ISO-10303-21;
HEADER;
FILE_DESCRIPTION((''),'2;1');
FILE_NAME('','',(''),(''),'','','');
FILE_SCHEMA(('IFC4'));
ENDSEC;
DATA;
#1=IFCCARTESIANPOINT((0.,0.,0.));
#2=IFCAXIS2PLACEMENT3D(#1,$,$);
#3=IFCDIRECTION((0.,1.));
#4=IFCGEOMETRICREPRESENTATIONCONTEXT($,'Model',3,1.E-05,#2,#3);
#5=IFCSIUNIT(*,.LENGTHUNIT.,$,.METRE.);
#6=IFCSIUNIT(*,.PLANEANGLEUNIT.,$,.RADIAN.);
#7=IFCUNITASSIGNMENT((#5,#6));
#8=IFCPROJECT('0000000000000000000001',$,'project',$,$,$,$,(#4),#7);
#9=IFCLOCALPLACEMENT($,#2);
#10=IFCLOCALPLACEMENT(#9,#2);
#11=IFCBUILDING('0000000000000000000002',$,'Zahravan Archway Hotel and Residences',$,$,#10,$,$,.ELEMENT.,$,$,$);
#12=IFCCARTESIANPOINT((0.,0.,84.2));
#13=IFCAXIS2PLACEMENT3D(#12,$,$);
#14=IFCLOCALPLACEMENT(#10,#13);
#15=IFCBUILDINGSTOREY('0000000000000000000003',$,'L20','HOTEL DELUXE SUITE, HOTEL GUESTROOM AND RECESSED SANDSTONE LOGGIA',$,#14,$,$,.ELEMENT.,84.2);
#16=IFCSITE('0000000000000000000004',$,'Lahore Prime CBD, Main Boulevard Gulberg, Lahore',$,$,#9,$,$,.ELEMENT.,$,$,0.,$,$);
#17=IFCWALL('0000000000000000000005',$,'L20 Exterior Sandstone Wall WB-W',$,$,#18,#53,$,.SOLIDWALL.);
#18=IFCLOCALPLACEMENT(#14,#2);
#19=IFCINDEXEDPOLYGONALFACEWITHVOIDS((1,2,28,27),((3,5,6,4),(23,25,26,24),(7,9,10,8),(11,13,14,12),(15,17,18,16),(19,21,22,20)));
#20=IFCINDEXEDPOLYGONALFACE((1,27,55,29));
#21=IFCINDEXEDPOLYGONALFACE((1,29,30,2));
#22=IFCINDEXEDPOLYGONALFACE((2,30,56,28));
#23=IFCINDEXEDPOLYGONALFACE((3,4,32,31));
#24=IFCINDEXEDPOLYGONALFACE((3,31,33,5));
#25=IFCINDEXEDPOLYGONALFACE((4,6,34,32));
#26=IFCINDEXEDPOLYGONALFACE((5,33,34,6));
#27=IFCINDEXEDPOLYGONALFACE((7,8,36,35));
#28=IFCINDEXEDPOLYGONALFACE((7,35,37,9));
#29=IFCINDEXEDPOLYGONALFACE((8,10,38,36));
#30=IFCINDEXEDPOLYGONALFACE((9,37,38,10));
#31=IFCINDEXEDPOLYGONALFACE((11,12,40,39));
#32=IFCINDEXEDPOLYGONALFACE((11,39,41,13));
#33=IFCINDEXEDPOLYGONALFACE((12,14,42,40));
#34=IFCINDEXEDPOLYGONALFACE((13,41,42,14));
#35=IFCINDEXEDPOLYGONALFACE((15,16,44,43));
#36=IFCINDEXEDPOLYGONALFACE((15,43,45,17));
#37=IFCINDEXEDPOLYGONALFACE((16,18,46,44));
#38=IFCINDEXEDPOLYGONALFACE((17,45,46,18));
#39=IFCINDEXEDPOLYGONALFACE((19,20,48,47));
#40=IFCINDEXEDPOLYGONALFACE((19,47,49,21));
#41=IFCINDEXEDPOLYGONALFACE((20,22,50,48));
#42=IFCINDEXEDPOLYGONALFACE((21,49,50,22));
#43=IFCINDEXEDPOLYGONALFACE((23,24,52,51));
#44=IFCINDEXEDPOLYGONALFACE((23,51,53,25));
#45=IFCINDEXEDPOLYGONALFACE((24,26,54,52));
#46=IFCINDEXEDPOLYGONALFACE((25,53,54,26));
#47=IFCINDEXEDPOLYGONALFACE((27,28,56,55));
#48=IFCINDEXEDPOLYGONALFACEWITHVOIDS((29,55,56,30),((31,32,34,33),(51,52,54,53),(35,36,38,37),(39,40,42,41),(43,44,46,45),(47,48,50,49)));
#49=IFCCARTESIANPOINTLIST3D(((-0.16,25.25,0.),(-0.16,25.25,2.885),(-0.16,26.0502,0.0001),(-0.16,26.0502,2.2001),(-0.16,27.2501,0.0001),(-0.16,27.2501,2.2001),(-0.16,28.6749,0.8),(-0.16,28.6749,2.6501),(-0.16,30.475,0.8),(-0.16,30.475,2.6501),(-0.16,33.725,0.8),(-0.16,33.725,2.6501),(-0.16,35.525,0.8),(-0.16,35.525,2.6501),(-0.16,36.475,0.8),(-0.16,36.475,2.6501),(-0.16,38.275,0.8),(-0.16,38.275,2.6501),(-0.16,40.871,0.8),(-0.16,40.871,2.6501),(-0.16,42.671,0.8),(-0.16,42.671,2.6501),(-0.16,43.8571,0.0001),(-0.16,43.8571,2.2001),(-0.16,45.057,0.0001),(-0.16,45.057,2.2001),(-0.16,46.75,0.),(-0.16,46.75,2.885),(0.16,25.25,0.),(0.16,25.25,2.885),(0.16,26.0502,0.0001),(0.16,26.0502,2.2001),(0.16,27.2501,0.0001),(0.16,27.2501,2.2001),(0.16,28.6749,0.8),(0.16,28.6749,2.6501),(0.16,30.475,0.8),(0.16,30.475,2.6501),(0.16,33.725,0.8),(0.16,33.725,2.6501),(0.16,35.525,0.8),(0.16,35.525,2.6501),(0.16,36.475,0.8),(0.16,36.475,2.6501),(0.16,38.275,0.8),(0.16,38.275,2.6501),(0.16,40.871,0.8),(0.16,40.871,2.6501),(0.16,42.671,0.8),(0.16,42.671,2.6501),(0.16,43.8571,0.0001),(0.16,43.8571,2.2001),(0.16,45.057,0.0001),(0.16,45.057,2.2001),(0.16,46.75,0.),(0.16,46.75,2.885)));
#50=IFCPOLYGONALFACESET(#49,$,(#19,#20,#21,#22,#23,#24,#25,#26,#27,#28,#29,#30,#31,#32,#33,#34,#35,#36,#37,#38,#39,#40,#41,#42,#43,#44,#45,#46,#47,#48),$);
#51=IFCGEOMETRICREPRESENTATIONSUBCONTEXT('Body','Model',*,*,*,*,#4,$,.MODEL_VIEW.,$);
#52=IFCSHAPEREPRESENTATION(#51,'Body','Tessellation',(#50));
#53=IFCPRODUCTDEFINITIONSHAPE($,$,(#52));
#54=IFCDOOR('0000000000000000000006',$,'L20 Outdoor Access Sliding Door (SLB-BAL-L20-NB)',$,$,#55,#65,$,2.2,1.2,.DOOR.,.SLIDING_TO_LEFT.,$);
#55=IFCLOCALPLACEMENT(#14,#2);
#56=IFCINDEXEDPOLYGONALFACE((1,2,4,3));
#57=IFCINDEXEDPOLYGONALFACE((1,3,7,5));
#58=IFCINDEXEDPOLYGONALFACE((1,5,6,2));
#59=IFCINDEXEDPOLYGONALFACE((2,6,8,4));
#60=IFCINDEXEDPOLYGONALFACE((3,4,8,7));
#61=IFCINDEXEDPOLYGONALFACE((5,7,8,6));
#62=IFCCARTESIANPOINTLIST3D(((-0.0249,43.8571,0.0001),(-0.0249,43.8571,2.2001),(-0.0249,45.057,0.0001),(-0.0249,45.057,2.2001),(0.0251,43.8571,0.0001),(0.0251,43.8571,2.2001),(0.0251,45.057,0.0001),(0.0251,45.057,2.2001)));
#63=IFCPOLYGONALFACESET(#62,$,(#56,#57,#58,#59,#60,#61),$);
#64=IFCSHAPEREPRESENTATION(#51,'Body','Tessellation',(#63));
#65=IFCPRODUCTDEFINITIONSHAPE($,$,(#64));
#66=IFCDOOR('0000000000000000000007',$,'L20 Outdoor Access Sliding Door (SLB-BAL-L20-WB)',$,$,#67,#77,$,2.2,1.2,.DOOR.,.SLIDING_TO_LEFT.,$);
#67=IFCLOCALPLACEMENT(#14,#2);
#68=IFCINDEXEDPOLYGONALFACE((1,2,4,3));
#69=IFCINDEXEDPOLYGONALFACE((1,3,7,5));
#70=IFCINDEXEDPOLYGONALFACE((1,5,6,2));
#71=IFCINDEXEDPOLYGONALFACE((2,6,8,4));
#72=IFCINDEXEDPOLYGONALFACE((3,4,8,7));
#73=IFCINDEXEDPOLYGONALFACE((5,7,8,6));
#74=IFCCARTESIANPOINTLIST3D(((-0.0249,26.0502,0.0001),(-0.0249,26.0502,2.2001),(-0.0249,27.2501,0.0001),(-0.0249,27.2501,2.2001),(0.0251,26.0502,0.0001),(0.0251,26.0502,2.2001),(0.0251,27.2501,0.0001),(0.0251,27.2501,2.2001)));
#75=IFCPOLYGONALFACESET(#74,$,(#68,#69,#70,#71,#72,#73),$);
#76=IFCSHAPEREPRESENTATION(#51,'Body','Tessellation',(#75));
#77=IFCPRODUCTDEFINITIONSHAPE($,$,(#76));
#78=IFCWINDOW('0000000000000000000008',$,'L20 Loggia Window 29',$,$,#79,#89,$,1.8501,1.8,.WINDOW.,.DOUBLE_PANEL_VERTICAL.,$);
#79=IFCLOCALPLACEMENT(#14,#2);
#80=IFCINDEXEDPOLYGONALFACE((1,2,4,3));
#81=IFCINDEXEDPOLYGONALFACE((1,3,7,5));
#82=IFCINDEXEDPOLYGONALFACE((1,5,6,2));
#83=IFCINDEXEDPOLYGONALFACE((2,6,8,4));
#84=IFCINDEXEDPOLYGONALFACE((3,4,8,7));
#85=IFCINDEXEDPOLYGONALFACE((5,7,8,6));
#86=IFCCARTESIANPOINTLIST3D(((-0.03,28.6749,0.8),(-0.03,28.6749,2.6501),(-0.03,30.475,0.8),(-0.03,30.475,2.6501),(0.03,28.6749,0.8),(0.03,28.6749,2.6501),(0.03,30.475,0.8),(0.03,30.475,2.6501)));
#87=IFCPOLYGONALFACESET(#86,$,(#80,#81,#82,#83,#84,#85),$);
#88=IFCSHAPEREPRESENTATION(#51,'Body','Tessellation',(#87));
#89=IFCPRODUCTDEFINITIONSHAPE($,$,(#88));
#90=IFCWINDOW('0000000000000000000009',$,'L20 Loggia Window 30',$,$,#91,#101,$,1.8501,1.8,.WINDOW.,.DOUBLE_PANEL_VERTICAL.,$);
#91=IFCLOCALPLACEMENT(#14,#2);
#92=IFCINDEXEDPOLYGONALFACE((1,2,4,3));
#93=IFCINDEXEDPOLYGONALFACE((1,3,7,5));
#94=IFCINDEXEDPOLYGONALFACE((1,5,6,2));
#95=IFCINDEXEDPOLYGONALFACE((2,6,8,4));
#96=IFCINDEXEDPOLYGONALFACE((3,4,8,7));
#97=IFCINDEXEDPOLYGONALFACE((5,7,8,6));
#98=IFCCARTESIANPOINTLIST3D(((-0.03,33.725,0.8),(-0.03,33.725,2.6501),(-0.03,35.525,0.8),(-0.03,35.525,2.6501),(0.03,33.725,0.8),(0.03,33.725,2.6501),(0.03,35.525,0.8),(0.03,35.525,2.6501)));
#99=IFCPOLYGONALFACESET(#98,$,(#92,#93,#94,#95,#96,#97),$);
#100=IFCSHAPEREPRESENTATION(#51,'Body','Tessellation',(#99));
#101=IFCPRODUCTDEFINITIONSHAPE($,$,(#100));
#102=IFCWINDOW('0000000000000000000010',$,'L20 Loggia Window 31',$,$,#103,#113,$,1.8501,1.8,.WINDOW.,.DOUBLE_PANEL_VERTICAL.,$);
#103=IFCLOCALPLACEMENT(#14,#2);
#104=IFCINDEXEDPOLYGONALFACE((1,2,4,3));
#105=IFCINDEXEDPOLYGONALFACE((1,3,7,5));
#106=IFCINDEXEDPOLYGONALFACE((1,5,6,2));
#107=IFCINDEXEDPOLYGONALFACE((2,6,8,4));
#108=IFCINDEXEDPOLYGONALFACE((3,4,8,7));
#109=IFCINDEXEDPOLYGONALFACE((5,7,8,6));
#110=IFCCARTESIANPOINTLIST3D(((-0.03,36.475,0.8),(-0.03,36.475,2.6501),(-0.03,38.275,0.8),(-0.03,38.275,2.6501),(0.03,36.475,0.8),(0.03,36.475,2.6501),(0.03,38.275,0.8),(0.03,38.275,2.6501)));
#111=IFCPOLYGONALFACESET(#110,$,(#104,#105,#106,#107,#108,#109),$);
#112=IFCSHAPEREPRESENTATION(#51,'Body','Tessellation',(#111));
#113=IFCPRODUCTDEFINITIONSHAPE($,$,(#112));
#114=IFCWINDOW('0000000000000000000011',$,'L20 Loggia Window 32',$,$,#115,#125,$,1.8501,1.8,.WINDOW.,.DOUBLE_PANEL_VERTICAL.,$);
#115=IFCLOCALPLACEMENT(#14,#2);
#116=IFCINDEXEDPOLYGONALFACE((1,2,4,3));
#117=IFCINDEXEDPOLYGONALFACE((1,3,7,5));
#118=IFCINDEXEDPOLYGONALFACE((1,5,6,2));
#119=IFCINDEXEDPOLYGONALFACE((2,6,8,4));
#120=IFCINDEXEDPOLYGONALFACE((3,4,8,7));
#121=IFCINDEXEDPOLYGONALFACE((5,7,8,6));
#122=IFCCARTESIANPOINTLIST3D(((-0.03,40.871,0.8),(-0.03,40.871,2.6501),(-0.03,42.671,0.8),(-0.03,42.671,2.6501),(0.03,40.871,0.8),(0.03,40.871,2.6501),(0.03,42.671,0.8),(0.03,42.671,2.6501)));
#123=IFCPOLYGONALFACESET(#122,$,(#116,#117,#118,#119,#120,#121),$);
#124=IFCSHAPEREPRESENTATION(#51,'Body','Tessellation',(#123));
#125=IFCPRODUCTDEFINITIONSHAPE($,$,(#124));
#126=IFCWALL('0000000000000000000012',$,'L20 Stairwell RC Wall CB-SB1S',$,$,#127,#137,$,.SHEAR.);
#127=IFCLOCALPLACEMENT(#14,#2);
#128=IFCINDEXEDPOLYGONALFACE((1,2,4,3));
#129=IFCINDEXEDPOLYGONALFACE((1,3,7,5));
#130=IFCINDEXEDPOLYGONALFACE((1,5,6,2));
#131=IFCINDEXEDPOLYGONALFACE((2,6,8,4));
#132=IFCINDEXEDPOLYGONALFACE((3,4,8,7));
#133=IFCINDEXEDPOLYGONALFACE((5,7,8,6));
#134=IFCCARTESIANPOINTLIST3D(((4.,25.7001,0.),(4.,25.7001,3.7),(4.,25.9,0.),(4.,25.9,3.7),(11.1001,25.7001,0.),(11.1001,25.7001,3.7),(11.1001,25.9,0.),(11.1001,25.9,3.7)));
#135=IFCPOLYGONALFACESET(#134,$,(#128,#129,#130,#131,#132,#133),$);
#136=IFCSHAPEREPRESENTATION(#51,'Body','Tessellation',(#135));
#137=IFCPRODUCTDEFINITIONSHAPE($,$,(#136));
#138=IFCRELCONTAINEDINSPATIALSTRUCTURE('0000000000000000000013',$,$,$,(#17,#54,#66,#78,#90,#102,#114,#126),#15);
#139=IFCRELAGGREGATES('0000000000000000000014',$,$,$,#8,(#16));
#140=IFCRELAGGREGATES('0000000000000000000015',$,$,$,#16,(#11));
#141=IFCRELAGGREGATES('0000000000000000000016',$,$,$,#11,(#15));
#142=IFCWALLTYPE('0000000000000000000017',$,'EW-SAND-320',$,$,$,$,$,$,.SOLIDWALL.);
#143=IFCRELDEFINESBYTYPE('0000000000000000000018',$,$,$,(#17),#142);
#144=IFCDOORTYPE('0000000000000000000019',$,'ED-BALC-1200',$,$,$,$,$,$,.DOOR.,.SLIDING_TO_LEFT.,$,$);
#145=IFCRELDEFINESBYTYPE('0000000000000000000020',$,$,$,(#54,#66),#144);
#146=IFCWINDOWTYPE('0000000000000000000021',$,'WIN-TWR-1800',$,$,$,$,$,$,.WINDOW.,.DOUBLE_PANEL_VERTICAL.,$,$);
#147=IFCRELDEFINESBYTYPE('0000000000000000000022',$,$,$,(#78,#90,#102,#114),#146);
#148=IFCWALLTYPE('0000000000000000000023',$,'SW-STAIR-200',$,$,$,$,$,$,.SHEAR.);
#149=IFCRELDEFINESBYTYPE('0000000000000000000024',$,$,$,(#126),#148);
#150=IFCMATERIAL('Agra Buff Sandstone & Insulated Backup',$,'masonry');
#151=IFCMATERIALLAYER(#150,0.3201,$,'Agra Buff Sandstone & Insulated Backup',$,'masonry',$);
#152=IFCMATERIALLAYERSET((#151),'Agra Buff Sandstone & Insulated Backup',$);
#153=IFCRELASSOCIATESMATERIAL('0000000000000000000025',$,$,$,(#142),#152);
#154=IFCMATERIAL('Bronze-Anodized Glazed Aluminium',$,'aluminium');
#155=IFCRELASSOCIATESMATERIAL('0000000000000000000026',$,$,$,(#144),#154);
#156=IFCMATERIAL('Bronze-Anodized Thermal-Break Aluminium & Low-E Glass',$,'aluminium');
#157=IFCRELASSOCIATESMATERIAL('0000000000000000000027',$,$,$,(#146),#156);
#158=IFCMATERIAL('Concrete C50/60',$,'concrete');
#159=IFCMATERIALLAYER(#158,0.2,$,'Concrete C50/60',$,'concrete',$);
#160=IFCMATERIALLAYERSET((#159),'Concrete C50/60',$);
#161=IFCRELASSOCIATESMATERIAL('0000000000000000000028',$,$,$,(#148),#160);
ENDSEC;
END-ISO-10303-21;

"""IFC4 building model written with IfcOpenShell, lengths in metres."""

from ifc_helpers import new_model, si_unit, direction, frame, frame_2d, origin, place, context, subcontext, project, spatial, rectangle, extrude, source, transform, mapped, material, layer, layer_set, type_object, type_shapes, element, fill, save


model = new_model("IFC4")

# Units and contexts
model_context = context("Model", 3, precision=1e-05, world=origin(), true_north=direction((0.0, 1.0)))
body_context = subcontext(model_context, "Body", "Model", "MODEL_VIEW")
ifc_project = project(units=[si_unit("LENGTHUNIT", "METRE"), si_unit("PLANEANGLEUNIT", "RADIAN")], contexts=[model_context])

# Site, building, storey
site_placement = place(None, origin())
site = spatial("IfcSite", under=ifc_project, at=site_placement, Name="Lahore Prime CBD, Main Boulevard Gulberg, Lahore", CompositionType="ELEMENT", RefElevation=0.0)
building_placement = place(site_placement, origin())
building = spatial("IfcBuilding", under=site, at=building_placement, Name="Zahravan Archway Hotel and Residences", CompositionType="ELEMENT")
storey_placement = place(building_placement, frame((0.0, 0.0, 84.2)))
storey = spatial("IfcBuildingStorey", under=building, at=storey_placement, Name="L20", Description="HOTEL DELUXE SUITE, HOTEL GUESTROOM AND RECESSED SANDSTONE LOGGIA", CompositionType="ELEMENT", Elevation=84.2)

# Shared definitions
ifc_material_1 = material(Name="Agra Buff Sandstone & Insulated Backup", Category="masonry")
ifc_layer_1 = layer(ifc_material_1, 0.3201, Name="Agra Buff Sandstone & Insulated Backup", Category="masonry")
ifc_layer_set_1 = layer_set([ifc_layer_1], Name="Agra Buff Sandstone & Insulated Backup")
wall_type_1 = type_object("IfcWallType", Name="EW-SAND-320", PredefinedType="SOLIDWALL", material=ifc_layer_set_1)
ifc_material_2 = material(Name="Bronze-Anodized Thermal-Break Aluminium & Low-E Glass", Category="aluminium")

# Wall, openings, doors, windows
wall_1_placement = place(storey_placement, frame((0.0, 25.25, 0.0), z_axis=(0.0, 0.0, 1.0), x_axis=(0.0, 1.0, 0.0)))
wall_1 = element("IfcWall", 1, at=wall_1_placement, inside=storey, type_object=wall_type_1, Name="L20 Exterior Sandstone Wall WB-W", PredefinedType="SOLIDWALL", context=body_context, shape_type="SweptSolid", body=[
    extrude(rectangle(XDim=21.5, YDim=0.3201, at=frame_2d((10.75, 0.0))), origin(), (0.0, 0.0, 1.0), 2.885),
])
opening_1_placement = place(wall_1_placement, frame((18.6069, 0.0, 0.0)))
opening_1 = element("IfcOpeningElement", 2, at=opening_1_placement, cuts=wall_1, PredefinedType="OPENING", context=body_context, shape_type="SweptSolid", body=[
    extrude(rectangle(XDim=1.2, YDim=2.2, at=frame_2d((0.6001, 1.1001))), frame((0.0, 0.1699, 0.0), z_axis=(0.0, -1.0, 0.0), x_axis=(1.0, 0.0, 0.0)), (0.0, 0.0, 1.0), 0.3401),
])
opening_2_placement = place(wall_1_placement, frame((0.8, 0.0, 0.0)))
opening_2 = element("IfcOpeningElement", 3, at=opening_2_placement, cuts=wall_1, PredefinedType="OPENING", context=body_context, shape_type="SweptSolid", body=[
    extrude(rectangle(XDim=1.2, YDim=2.2, at=frame_2d((0.6001, 1.1001))), frame((0.0, 0.1699, 0.0), z_axis=(0.0, -1.0, 0.0), x_axis=(1.0, 0.0, 0.0)), (0.0, 0.0, 1.0), 0.3401),
])
opening_3_placement = place(wall_1_placement, frame((3.425, 0.0, 0.8)))
opening_3 = element("IfcOpeningElement", 4, at=opening_3_placement, cuts=wall_1, PredefinedType="OPENING", context=body_context, shape_type="SweptSolid", body=[
    extrude(rectangle(XDim=1.8, YDim=1.8501, at=frame_2d((0.8999, 0.925))), frame((0.0, 0.1699, 0.0), z_axis=(0.0, -1.0, 0.0), x_axis=(1.0, 0.0, 0.0)), (0.0, 0.0, 1.0), 0.3401),
])
opening_4_placement = place(wall_1_placement, frame((8.4751, 0.0, 0.8)))
opening_4 = element("IfcOpeningElement", 5, at=opening_4_placement, cuts=wall_1, PredefinedType="OPENING", context=body_context, shape_type="SweptSolid", body=[
    extrude(rectangle(XDim=1.8, YDim=1.8501, at=frame_2d((0.8999, 0.925))), frame((0.0, 0.1699, 0.0), z_axis=(0.0, -1.0, 0.0), x_axis=(1.0, 0.0, 0.0)), (0.0, 0.0, 1.0), 0.3401),
])
opening_5_placement = place(wall_1_placement, frame((11.2251, 0.0, 0.8)))
opening_5 = element("IfcOpeningElement", 6, at=opening_5_placement, cuts=wall_1, PredefinedType="OPENING", context=body_context, shape_type="SweptSolid", body=[
    extrude(rectangle(XDim=1.8, YDim=1.8501, at=frame_2d((0.8999, 0.925))), frame((0.0, 0.1699, 0.0), z_axis=(0.0, -1.0, 0.0), x_axis=(1.0, 0.0, 0.0)), (0.0, 0.0, 1.0), 0.3401),
])
opening_6_placement = place(wall_1_placement, frame((15.6211, 0.0, 0.8)))
opening_6 = element("IfcOpeningElement", 7, at=opening_6_placement, cuts=wall_1, PredefinedType="OPENING", context=body_context, shape_type="SweptSolid", body=[
    extrude(rectangle(XDim=1.8, YDim=1.8501, at=frame_2d((0.8999, 0.925))), frame((0.0, 0.1699, 0.0), z_axis=(0.0, -1.0, 0.0), x_axis=(1.0, 0.0, 0.0)), (0.0, 0.0, 1.0), 0.3401),
])
ifc_material_3 = material(Name="Bronze-Anodized Glazed Aluminium", Category="aluminium")
door_type_1 = type_object("IfcDoorType", Name="ED-BALC-1200", OperationType="SLIDING_TO_LEFT", PredefinedType="DOOR", material=ifc_material_3)
shared_shape_1 = source(origin(), body_context, "Body", "SweptSolid", [
    extrude(rectangle(XDim=1.2, YDim=2.2, at=frame_2d((0.6001, 1.1001))), frame((0.0, 0.0249, 0.0), z_axis=(0.0, -1.0, 0.0), x_axis=(1.0, 0.0, 0.0)), (0.0, 0.0, 1.0), 0.05),
])
type_shapes(door_type_1, [shared_shape_1])
door_1_placement = place(opening_1_placement, origin())
door_1 = element("IfcDoor", 8, at=door_1_placement, inside=storey, type_object=door_type_1, Name="L20 Outdoor Access Sliding Door (SLB-BAL-L20-NB)", OperationType="SLIDING_TO_LEFT", OverallHeight=2.2, OverallWidth=1.2, PredefinedType="DOOR", context=body_context, shape_type="MappedRepresentation", body=[
    mapped(shared_shape_1, transform((0.0, 0.0, 0.0), scale=1.0)),
])
fill(opening_1, door_1)
door_2_placement = place(opening_2_placement, origin())
door_2 = element("IfcDoor", 9, at=door_2_placement, inside=storey, type_object=door_type_1, Name="L20 Outdoor Access Sliding Door (SLB-BAL-L20-WB)", OperationType="SLIDING_TO_LEFT", OverallHeight=2.2, OverallWidth=1.2, PredefinedType="DOOR", context=body_context, shape_type="MappedRepresentation", body=[
    mapped(shared_shape_1, transform((0.0, 0.0, 0.0), scale=1.0)),
])
fill(opening_2, door_2)
window_type_1 = type_object("IfcWindowType", Name="WIN-TWR-1800", PartitioningType="DOUBLE_PANEL_VERTICAL", PredefinedType="WINDOW", material=ifc_material_2)
shared_shape_2 = source(origin(), body_context, "Body", "SweptSolid", [
    extrude(rectangle(XDim=1.8, YDim=1.8501, at=frame_2d((0.8999, 0.925))), frame((0.0, 0.03, 0.0), z_axis=(0.0, -1.0, 0.0), x_axis=(1.0, 0.0, 0.0)), (0.0, 0.0, 1.0), 0.0601),
])
type_shapes(window_type_1, [shared_shape_2])
window_1_placement = place(opening_3_placement, origin())
window_1 = element("IfcWindow", 10, at=window_1_placement, inside=storey, type_object=window_type_1, Name="L20 Loggia Window 29", OverallHeight=1.8501, OverallWidth=1.8, PartitioningType="DOUBLE_PANEL_VERTICAL", PredefinedType="WINDOW", context=body_context, shape_type="MappedRepresentation", body=[
    mapped(shared_shape_2, transform((0.0, 0.0, 0.0), scale=1.0)),
])
fill(opening_3, window_1)
window_2_placement = place(opening_4_placement, origin())
window_2 = element("IfcWindow", 11, at=window_2_placement, inside=storey, type_object=window_type_1, Name="L20 Loggia Window 30", OverallHeight=1.8501, OverallWidth=1.8, PartitioningType="DOUBLE_PANEL_VERTICAL", PredefinedType="WINDOW", context=body_context, shape_type="MappedRepresentation", body=[
    mapped(shared_shape_2, transform((0.0, 0.0, 0.0), scale=1.0)),
])
fill(opening_4, window_2)
window_3_placement = place(opening_5_placement, origin())
window_3 = element("IfcWindow", 12, at=window_3_placement, inside=storey, type_object=window_type_1, Name="L20 Loggia Window 31", OverallHeight=1.8501, OverallWidth=1.8, PartitioningType="DOUBLE_PANEL_VERTICAL", PredefinedType="WINDOW", context=body_context, shape_type="MappedRepresentation", body=[
    mapped(shared_shape_2, transform((0.0, 0.0, 0.0), scale=1.0)),
])
fill(opening_5, window_3)
window_4_placement = place(opening_6_placement, origin())
window_4 = element("IfcWindow", 13, at=window_4_placement, inside=storey, type_object=window_type_1, Name="L20 Loggia Window 32", OverallHeight=1.8501, OverallWidth=1.8, PartitioningType="DOUBLE_PANEL_VERTICAL", PredefinedType="WINDOW", context=body_context, shape_type="MappedRepresentation", body=[
    mapped(shared_shape_2, transform((0.0, 0.0, 0.0), scale=1.0)),
])
fill(opening_6, window_4)

# Wall
ifc_material_4 = material(Name="Concrete C50/60", Category="concrete")
ifc_layer_2 = layer(ifc_material_4, 0.2, Name="Concrete C50/60", Category="concrete")
ifc_layer_set_2 = layer_set([ifc_layer_2], Name="Concrete C50/60")
wall_type_2 = type_object("IfcWallType", Name="SW-STAIR-200", PredefinedType="SHEAR", material=ifc_layer_set_2)
wall_2_placement = place(storey_placement, frame((4.0, 25.8, 0.0), z_axis=(0.0, 0.0, 1.0), x_axis=(1.0, 0.0, 0.0)))
element("IfcWall", 14, at=wall_2_placement, inside=storey, type_object=wall_type_2, Name="L20 Stairwell RC Wall CB-SB1S", PredefinedType="SHEAR", context=body_context, shape_type="SweptSolid", body=[
    extrude(rectangle(XDim=7.1001, YDim=0.2, at=frame_2d((3.55, 0.0))), origin(), (0.0, 0.0, 1.0), 3.7),
])

save(model, "model.ifc")
